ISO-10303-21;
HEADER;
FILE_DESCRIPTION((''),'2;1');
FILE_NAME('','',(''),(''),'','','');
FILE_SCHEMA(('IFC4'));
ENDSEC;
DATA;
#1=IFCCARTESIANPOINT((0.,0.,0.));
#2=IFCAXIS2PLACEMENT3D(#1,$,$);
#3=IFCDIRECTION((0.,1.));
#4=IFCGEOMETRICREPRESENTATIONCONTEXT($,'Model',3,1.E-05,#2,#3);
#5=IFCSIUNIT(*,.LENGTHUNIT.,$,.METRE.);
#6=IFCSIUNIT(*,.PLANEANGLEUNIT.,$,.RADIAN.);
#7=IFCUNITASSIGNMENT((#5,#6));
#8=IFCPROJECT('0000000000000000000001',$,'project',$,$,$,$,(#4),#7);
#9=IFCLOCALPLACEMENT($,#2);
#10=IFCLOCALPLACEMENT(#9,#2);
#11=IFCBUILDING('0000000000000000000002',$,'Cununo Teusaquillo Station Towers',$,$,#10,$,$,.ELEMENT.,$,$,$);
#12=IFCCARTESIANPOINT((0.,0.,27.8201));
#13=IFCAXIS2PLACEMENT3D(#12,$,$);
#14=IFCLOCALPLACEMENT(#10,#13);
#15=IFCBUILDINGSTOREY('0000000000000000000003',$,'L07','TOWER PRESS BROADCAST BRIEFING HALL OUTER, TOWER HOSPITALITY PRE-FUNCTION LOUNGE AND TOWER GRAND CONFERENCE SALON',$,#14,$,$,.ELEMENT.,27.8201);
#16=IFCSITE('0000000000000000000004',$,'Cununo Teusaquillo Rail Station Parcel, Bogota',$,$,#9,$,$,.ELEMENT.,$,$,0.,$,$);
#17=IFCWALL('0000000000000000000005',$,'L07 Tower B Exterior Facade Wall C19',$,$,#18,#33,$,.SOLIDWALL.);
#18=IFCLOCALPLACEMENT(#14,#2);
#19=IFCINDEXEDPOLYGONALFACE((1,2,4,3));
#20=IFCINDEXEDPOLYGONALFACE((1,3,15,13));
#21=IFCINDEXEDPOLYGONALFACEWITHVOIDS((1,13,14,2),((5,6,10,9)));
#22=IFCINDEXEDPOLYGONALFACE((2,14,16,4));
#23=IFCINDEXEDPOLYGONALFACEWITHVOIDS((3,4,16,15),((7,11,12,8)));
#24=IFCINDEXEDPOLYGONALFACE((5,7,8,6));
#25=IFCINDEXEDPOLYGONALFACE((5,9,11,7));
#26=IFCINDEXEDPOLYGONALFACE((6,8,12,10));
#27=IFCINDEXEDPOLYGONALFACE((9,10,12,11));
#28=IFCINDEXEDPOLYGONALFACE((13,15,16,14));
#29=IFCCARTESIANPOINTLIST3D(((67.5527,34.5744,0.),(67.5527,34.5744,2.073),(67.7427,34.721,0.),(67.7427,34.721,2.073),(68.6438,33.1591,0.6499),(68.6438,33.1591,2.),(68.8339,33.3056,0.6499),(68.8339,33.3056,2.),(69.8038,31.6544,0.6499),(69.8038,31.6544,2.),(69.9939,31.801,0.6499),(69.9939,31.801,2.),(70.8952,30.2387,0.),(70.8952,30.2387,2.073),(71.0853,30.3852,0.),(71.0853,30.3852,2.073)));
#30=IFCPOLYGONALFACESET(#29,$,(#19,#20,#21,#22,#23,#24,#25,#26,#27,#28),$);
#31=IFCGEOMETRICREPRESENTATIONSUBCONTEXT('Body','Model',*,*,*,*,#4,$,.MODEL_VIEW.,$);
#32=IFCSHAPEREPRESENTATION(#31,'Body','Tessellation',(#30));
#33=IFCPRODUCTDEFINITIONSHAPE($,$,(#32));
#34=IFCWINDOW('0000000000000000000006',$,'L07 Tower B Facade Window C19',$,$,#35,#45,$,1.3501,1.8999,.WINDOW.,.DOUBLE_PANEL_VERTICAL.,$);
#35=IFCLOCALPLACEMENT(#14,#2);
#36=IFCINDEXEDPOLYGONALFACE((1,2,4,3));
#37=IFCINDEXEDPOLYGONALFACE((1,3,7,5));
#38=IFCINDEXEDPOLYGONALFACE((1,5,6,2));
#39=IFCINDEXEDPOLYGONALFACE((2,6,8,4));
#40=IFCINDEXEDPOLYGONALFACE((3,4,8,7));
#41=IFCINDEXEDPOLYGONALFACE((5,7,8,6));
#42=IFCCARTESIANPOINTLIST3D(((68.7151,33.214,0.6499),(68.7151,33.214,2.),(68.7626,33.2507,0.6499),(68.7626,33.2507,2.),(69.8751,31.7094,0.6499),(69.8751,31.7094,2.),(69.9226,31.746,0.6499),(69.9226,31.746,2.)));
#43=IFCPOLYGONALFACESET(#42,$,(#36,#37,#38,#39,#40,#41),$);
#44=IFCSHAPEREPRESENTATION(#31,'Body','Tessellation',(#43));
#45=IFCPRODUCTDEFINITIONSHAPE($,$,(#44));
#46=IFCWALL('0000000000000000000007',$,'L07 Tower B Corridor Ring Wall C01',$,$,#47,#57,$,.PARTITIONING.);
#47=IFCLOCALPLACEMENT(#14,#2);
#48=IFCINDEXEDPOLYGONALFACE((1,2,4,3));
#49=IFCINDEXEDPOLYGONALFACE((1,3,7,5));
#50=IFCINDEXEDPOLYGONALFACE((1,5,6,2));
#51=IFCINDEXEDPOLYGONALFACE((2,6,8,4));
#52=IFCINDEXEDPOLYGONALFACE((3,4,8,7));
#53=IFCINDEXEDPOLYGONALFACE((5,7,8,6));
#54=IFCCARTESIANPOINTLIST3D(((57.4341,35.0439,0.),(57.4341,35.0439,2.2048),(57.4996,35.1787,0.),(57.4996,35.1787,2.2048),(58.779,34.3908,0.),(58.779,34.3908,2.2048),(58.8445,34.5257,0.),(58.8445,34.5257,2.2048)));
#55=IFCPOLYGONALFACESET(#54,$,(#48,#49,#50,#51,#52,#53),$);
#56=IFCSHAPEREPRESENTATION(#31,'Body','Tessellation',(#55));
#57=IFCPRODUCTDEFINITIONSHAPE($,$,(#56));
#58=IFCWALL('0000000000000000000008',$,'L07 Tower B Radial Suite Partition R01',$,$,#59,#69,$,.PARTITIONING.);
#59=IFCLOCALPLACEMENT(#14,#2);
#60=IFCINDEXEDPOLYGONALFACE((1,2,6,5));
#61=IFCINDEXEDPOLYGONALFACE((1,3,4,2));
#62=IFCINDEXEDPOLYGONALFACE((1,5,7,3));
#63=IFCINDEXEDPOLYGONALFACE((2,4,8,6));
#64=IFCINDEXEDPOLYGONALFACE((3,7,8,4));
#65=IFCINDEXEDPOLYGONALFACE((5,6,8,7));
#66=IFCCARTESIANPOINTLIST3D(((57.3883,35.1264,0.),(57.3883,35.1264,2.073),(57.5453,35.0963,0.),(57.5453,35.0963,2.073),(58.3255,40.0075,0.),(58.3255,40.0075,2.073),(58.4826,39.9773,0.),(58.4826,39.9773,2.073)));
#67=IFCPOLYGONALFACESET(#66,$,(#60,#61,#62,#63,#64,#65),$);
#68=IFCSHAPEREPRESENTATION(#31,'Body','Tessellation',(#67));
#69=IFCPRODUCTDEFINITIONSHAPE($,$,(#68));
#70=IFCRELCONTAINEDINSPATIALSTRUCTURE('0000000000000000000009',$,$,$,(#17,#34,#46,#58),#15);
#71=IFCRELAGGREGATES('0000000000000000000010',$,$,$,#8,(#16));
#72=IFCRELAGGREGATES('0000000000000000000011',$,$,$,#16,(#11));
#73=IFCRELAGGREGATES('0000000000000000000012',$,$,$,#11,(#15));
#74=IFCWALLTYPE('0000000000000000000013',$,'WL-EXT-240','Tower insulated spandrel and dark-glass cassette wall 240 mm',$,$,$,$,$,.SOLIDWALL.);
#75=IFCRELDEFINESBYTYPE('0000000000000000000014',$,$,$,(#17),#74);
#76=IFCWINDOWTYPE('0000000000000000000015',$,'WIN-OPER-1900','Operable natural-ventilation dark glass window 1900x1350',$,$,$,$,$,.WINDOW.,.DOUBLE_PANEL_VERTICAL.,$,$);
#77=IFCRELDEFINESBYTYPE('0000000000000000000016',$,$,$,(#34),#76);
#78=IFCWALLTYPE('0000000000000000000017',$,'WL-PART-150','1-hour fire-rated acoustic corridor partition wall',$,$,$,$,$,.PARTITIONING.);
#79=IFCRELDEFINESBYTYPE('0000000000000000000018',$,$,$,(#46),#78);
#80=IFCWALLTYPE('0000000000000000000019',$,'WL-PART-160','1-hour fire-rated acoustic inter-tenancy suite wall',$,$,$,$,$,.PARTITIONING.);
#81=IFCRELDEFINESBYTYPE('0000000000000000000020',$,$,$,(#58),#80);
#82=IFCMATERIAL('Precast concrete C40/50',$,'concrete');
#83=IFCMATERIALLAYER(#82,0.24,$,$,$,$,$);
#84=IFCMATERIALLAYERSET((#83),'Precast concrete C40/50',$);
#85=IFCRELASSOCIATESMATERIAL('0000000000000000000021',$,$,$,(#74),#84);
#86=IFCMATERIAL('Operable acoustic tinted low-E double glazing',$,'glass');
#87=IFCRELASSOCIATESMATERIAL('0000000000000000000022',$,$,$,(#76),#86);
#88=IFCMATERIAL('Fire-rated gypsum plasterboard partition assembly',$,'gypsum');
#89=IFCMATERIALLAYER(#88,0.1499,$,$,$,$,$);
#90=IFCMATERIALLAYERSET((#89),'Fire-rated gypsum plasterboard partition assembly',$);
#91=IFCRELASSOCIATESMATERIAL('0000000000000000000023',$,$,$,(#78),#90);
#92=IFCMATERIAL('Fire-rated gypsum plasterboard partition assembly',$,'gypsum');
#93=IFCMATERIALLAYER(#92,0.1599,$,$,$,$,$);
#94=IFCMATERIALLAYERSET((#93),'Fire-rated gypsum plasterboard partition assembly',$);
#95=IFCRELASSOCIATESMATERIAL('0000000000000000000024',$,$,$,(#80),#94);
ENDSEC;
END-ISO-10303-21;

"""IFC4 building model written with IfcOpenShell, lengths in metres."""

from ifc_helpers import new_model, si_unit, direction, frame, frame_2d, origin, place, context, subcontext, project, spatial, rectangle, extrude, source, transform, mapped, material, layer, layer_set, type_object, element, fill, save


model = new_model("IFC4")

# Units and contexts
model_context = context("Model", 3, precision=1e-05, world=origin(), true_north=direction((0.0, 1.0)))
body_context = subcontext(model_context, "Body", "Model", "MODEL_VIEW")
ifc_project = project(units=[si_unit("LENGTHUNIT", "METRE"), si_unit("PLANEANGLEUNIT", "RADIAN")], contexts=[model_context])

# Site, building, storey
site_placement = place(None, origin())
site = spatial("IfcSite", under=ifc_project, at=site_placement, Name="Cununo Teusaquillo Rail Station Parcel, Bogota", CompositionType="ELEMENT", RefElevation=0.0)
building_placement = place(site_placement, origin())
building = spatial("IfcBuilding", under=site, at=building_placement, Name="Cununo Teusaquillo Station Towers", CompositionType="ELEMENT")
storey_placement = place(building_placement, frame((0.0, 0.0, 27.8201)))
storey = spatial("IfcBuildingStorey", under=building, at=storey_placement, Name="L07", Description="TOWER PRESS BROADCAST BRIEFING HALL OUTER, TOWER HOSPITALITY PRE-FUNCTION LOUNGE AND TOWER GRAND CONFERENCE SALON", CompositionType="ELEMENT", Elevation=27.8201)

# Shared definitions
ifc_material_1 = material(Name="Precast concrete C40/50", Category="concrete")
ifc_layer_1 = layer(ifc_material_1, 0.24)
ifc_layer_set_1 = layer_set([ifc_layer_1], Name="Precast concrete C40/50")
wall_type_1 = type_object("IfcWallType", Name="WL-EXT-240", Description="Tower insulated spandrel and dark-glass cassette wall 240 mm", PredefinedType="SOLIDWALL", material=ifc_layer_set_1)

# Wall, opening, window
wall_1_placement = place(storey_placement, frame((67.6477, 34.6477, 0.0), z_axis=(0.0, 0.0, 1.0), x_axis=(0.610557, -0.791972, 0.0)))
wall_1 = element("IfcWall", 1, at=wall_1_placement, inside=storey, type_object=wall_type_1, Name="L07 Tower B Exterior Facade Wall C19", PredefinedType="SOLIDWALL", context=body_context, shape_type="SweptSolid", body=[
    extrude(rectangle(XDim=5.4746, YDim=0.24, at=frame_2d((2.7373, 0.0))), origin(), (0.0, 0.0, 1.0), 2.073),
])
shared_shape_1 = source(origin(), body_context, "Body", "SweptSolid", [
    extrude(rectangle(XDim=1.8999, YDim=1.3501, at=frame_2d((0.95, 0.675))), frame((0.0, 0.1299, 0.0), z_axis=(0.0, -1.0, 0.0), x_axis=(1.0, 0.0, 0.0)), (0.0, 0.0, 1.0), 0.26),
])
opening_placement = place(wall_1_placement, frame((1.7871, 0.0, 0.6499)))
opening = element("IfcOpeningElement", 2, at=opening_placement, cuts=wall_1, PredefinedType="OPENING", context=body_context, shape_type="MappedRepresentation", body=[
    mapped(shared_shape_1, transform((0.0, 0.0, 0.0), x_axis=(1.0, 0.0, 0.0), y_axis=(0.0, 1.0, 0.0), z_axis=(0.0, 0.0, 1.0), scale=1.0)),
])
ifc_material_2 = material(Name="Operable acoustic tinted low-E double glazing", Category="glass")
window_type = type_object("IfcWindowType", Name="WIN-OPER-1900", Description="Operable natural-ventilation dark glass window 1900x1350", PartitioningType="DOUBLE_PANEL_VERTICAL", PredefinedType="WINDOW", material=ifc_material_2)
shared_shape_2 = source(origin(), body_context, "Body", "SweptSolid", [
    extrude(rectangle(XDim=1.8999, YDim=1.3501, at=frame_2d((0.95, 0.675))), frame((0.0, 0.03, 0.0), z_axis=(0.0, -1.0, 0.0), x_axis=(1.0, 0.0, 0.0)), (0.0, 0.0, 1.0), 0.0601),
])
window_placement = place(opening_placement, origin())
window = element("IfcWindow", 3, at=window_placement, inside=storey, type_object=window_type, Name="L07 Tower B Facade Window C19", OverallHeight=1.3501, OverallWidth=1.8999, PartitioningType="DOUBLE_PANEL_VERTICAL", PredefinedType="WINDOW", context=body_context, shape_type="MappedRepresentation", body=[
    mapped(shared_shape_2, transform((0.0, 0.0, 0.0), x_axis=(1.0, 0.0, 0.0), y_axis=(0.0, 1.0, 0.0), z_axis=(0.0, 0.0, 1.0), scale=1.0)),
])
fill(opening, window)

# Walls
ifc_material_3 = material(Name="Fire-rated gypsum plasterboard partition assembly", Category="gypsum")
ifc_layer_2 = layer(ifc_material_3, 0.1499)
ifc_layer_set_2 = layer_set([ifc_layer_2], Name="Fire-rated gypsum plasterboard partition assembly")
wall_type_2 = type_object("IfcWallType", Name="WL-PART-150", Description="1-hour fire-rated acoustic corridor partition wall", PredefinedType="PARTITIONING", material=ifc_layer_set_2)
wall_2_placement = place(storey_placement, frame((58.8118, 34.4583, 0.0), z_axis=(0.0, 0.0, 1.0), x_axis=(-0.899559, 0.436798, 0.0)))
element("IfcWall", 4, at=wall_2_placement, inside=storey, type_object=wall_type_2, Name="L07 Tower B Corridor Ring Wall C01", PredefinedType="PARTITIONING", context=body_context, shape_type="SweptSolid", body=[
    extrude(rectangle(XDim=1.4951, YDim=0.1499, at=frame_2d((0.7476, 0.0))), origin(), (0.0, 0.0, 1.0), 2.2048),
])
ifc_material_4 = material(Name="Fire-rated gypsum plasterboard partition assembly", Category="gypsum")
ifc_layer_3 = layer(ifc_material_4, 0.1599)
ifc_layer_set_3 = layer_set([ifc_layer_3], Name="Fire-rated gypsum plasterboard partition assembly")
wall_type_3 = type_object("IfcWallType", Name="WL-PART-160", Description="1-hour fire-rated acoustic inter-tenancy suite wall", PredefinedType="PARTITIONING", material=ifc_layer_set_3)
wall_3_placement = place(storey_placement, frame((57.4668, 35.1113, 0.0), z_axis=(0.0, 0.0, 1.0), x_axis=(0.188572, 0.982059, 0.0)))
element("IfcWall", 5, at=wall_3_placement, inside=storey, type_object=wall_type_3, Name="L07 Tower B Radial Suite Partition R01", PredefinedType="PARTITIONING", context=body_context, shape_type="SweptSolid", body=[
    extrude(rectangle(XDim=4.9702, YDim=0.1599, at=frame_2d((2.4851, 0.0))), origin(), (0.0, 0.0, 1.0), 2.073),
])

save(model, "model.ifc")
